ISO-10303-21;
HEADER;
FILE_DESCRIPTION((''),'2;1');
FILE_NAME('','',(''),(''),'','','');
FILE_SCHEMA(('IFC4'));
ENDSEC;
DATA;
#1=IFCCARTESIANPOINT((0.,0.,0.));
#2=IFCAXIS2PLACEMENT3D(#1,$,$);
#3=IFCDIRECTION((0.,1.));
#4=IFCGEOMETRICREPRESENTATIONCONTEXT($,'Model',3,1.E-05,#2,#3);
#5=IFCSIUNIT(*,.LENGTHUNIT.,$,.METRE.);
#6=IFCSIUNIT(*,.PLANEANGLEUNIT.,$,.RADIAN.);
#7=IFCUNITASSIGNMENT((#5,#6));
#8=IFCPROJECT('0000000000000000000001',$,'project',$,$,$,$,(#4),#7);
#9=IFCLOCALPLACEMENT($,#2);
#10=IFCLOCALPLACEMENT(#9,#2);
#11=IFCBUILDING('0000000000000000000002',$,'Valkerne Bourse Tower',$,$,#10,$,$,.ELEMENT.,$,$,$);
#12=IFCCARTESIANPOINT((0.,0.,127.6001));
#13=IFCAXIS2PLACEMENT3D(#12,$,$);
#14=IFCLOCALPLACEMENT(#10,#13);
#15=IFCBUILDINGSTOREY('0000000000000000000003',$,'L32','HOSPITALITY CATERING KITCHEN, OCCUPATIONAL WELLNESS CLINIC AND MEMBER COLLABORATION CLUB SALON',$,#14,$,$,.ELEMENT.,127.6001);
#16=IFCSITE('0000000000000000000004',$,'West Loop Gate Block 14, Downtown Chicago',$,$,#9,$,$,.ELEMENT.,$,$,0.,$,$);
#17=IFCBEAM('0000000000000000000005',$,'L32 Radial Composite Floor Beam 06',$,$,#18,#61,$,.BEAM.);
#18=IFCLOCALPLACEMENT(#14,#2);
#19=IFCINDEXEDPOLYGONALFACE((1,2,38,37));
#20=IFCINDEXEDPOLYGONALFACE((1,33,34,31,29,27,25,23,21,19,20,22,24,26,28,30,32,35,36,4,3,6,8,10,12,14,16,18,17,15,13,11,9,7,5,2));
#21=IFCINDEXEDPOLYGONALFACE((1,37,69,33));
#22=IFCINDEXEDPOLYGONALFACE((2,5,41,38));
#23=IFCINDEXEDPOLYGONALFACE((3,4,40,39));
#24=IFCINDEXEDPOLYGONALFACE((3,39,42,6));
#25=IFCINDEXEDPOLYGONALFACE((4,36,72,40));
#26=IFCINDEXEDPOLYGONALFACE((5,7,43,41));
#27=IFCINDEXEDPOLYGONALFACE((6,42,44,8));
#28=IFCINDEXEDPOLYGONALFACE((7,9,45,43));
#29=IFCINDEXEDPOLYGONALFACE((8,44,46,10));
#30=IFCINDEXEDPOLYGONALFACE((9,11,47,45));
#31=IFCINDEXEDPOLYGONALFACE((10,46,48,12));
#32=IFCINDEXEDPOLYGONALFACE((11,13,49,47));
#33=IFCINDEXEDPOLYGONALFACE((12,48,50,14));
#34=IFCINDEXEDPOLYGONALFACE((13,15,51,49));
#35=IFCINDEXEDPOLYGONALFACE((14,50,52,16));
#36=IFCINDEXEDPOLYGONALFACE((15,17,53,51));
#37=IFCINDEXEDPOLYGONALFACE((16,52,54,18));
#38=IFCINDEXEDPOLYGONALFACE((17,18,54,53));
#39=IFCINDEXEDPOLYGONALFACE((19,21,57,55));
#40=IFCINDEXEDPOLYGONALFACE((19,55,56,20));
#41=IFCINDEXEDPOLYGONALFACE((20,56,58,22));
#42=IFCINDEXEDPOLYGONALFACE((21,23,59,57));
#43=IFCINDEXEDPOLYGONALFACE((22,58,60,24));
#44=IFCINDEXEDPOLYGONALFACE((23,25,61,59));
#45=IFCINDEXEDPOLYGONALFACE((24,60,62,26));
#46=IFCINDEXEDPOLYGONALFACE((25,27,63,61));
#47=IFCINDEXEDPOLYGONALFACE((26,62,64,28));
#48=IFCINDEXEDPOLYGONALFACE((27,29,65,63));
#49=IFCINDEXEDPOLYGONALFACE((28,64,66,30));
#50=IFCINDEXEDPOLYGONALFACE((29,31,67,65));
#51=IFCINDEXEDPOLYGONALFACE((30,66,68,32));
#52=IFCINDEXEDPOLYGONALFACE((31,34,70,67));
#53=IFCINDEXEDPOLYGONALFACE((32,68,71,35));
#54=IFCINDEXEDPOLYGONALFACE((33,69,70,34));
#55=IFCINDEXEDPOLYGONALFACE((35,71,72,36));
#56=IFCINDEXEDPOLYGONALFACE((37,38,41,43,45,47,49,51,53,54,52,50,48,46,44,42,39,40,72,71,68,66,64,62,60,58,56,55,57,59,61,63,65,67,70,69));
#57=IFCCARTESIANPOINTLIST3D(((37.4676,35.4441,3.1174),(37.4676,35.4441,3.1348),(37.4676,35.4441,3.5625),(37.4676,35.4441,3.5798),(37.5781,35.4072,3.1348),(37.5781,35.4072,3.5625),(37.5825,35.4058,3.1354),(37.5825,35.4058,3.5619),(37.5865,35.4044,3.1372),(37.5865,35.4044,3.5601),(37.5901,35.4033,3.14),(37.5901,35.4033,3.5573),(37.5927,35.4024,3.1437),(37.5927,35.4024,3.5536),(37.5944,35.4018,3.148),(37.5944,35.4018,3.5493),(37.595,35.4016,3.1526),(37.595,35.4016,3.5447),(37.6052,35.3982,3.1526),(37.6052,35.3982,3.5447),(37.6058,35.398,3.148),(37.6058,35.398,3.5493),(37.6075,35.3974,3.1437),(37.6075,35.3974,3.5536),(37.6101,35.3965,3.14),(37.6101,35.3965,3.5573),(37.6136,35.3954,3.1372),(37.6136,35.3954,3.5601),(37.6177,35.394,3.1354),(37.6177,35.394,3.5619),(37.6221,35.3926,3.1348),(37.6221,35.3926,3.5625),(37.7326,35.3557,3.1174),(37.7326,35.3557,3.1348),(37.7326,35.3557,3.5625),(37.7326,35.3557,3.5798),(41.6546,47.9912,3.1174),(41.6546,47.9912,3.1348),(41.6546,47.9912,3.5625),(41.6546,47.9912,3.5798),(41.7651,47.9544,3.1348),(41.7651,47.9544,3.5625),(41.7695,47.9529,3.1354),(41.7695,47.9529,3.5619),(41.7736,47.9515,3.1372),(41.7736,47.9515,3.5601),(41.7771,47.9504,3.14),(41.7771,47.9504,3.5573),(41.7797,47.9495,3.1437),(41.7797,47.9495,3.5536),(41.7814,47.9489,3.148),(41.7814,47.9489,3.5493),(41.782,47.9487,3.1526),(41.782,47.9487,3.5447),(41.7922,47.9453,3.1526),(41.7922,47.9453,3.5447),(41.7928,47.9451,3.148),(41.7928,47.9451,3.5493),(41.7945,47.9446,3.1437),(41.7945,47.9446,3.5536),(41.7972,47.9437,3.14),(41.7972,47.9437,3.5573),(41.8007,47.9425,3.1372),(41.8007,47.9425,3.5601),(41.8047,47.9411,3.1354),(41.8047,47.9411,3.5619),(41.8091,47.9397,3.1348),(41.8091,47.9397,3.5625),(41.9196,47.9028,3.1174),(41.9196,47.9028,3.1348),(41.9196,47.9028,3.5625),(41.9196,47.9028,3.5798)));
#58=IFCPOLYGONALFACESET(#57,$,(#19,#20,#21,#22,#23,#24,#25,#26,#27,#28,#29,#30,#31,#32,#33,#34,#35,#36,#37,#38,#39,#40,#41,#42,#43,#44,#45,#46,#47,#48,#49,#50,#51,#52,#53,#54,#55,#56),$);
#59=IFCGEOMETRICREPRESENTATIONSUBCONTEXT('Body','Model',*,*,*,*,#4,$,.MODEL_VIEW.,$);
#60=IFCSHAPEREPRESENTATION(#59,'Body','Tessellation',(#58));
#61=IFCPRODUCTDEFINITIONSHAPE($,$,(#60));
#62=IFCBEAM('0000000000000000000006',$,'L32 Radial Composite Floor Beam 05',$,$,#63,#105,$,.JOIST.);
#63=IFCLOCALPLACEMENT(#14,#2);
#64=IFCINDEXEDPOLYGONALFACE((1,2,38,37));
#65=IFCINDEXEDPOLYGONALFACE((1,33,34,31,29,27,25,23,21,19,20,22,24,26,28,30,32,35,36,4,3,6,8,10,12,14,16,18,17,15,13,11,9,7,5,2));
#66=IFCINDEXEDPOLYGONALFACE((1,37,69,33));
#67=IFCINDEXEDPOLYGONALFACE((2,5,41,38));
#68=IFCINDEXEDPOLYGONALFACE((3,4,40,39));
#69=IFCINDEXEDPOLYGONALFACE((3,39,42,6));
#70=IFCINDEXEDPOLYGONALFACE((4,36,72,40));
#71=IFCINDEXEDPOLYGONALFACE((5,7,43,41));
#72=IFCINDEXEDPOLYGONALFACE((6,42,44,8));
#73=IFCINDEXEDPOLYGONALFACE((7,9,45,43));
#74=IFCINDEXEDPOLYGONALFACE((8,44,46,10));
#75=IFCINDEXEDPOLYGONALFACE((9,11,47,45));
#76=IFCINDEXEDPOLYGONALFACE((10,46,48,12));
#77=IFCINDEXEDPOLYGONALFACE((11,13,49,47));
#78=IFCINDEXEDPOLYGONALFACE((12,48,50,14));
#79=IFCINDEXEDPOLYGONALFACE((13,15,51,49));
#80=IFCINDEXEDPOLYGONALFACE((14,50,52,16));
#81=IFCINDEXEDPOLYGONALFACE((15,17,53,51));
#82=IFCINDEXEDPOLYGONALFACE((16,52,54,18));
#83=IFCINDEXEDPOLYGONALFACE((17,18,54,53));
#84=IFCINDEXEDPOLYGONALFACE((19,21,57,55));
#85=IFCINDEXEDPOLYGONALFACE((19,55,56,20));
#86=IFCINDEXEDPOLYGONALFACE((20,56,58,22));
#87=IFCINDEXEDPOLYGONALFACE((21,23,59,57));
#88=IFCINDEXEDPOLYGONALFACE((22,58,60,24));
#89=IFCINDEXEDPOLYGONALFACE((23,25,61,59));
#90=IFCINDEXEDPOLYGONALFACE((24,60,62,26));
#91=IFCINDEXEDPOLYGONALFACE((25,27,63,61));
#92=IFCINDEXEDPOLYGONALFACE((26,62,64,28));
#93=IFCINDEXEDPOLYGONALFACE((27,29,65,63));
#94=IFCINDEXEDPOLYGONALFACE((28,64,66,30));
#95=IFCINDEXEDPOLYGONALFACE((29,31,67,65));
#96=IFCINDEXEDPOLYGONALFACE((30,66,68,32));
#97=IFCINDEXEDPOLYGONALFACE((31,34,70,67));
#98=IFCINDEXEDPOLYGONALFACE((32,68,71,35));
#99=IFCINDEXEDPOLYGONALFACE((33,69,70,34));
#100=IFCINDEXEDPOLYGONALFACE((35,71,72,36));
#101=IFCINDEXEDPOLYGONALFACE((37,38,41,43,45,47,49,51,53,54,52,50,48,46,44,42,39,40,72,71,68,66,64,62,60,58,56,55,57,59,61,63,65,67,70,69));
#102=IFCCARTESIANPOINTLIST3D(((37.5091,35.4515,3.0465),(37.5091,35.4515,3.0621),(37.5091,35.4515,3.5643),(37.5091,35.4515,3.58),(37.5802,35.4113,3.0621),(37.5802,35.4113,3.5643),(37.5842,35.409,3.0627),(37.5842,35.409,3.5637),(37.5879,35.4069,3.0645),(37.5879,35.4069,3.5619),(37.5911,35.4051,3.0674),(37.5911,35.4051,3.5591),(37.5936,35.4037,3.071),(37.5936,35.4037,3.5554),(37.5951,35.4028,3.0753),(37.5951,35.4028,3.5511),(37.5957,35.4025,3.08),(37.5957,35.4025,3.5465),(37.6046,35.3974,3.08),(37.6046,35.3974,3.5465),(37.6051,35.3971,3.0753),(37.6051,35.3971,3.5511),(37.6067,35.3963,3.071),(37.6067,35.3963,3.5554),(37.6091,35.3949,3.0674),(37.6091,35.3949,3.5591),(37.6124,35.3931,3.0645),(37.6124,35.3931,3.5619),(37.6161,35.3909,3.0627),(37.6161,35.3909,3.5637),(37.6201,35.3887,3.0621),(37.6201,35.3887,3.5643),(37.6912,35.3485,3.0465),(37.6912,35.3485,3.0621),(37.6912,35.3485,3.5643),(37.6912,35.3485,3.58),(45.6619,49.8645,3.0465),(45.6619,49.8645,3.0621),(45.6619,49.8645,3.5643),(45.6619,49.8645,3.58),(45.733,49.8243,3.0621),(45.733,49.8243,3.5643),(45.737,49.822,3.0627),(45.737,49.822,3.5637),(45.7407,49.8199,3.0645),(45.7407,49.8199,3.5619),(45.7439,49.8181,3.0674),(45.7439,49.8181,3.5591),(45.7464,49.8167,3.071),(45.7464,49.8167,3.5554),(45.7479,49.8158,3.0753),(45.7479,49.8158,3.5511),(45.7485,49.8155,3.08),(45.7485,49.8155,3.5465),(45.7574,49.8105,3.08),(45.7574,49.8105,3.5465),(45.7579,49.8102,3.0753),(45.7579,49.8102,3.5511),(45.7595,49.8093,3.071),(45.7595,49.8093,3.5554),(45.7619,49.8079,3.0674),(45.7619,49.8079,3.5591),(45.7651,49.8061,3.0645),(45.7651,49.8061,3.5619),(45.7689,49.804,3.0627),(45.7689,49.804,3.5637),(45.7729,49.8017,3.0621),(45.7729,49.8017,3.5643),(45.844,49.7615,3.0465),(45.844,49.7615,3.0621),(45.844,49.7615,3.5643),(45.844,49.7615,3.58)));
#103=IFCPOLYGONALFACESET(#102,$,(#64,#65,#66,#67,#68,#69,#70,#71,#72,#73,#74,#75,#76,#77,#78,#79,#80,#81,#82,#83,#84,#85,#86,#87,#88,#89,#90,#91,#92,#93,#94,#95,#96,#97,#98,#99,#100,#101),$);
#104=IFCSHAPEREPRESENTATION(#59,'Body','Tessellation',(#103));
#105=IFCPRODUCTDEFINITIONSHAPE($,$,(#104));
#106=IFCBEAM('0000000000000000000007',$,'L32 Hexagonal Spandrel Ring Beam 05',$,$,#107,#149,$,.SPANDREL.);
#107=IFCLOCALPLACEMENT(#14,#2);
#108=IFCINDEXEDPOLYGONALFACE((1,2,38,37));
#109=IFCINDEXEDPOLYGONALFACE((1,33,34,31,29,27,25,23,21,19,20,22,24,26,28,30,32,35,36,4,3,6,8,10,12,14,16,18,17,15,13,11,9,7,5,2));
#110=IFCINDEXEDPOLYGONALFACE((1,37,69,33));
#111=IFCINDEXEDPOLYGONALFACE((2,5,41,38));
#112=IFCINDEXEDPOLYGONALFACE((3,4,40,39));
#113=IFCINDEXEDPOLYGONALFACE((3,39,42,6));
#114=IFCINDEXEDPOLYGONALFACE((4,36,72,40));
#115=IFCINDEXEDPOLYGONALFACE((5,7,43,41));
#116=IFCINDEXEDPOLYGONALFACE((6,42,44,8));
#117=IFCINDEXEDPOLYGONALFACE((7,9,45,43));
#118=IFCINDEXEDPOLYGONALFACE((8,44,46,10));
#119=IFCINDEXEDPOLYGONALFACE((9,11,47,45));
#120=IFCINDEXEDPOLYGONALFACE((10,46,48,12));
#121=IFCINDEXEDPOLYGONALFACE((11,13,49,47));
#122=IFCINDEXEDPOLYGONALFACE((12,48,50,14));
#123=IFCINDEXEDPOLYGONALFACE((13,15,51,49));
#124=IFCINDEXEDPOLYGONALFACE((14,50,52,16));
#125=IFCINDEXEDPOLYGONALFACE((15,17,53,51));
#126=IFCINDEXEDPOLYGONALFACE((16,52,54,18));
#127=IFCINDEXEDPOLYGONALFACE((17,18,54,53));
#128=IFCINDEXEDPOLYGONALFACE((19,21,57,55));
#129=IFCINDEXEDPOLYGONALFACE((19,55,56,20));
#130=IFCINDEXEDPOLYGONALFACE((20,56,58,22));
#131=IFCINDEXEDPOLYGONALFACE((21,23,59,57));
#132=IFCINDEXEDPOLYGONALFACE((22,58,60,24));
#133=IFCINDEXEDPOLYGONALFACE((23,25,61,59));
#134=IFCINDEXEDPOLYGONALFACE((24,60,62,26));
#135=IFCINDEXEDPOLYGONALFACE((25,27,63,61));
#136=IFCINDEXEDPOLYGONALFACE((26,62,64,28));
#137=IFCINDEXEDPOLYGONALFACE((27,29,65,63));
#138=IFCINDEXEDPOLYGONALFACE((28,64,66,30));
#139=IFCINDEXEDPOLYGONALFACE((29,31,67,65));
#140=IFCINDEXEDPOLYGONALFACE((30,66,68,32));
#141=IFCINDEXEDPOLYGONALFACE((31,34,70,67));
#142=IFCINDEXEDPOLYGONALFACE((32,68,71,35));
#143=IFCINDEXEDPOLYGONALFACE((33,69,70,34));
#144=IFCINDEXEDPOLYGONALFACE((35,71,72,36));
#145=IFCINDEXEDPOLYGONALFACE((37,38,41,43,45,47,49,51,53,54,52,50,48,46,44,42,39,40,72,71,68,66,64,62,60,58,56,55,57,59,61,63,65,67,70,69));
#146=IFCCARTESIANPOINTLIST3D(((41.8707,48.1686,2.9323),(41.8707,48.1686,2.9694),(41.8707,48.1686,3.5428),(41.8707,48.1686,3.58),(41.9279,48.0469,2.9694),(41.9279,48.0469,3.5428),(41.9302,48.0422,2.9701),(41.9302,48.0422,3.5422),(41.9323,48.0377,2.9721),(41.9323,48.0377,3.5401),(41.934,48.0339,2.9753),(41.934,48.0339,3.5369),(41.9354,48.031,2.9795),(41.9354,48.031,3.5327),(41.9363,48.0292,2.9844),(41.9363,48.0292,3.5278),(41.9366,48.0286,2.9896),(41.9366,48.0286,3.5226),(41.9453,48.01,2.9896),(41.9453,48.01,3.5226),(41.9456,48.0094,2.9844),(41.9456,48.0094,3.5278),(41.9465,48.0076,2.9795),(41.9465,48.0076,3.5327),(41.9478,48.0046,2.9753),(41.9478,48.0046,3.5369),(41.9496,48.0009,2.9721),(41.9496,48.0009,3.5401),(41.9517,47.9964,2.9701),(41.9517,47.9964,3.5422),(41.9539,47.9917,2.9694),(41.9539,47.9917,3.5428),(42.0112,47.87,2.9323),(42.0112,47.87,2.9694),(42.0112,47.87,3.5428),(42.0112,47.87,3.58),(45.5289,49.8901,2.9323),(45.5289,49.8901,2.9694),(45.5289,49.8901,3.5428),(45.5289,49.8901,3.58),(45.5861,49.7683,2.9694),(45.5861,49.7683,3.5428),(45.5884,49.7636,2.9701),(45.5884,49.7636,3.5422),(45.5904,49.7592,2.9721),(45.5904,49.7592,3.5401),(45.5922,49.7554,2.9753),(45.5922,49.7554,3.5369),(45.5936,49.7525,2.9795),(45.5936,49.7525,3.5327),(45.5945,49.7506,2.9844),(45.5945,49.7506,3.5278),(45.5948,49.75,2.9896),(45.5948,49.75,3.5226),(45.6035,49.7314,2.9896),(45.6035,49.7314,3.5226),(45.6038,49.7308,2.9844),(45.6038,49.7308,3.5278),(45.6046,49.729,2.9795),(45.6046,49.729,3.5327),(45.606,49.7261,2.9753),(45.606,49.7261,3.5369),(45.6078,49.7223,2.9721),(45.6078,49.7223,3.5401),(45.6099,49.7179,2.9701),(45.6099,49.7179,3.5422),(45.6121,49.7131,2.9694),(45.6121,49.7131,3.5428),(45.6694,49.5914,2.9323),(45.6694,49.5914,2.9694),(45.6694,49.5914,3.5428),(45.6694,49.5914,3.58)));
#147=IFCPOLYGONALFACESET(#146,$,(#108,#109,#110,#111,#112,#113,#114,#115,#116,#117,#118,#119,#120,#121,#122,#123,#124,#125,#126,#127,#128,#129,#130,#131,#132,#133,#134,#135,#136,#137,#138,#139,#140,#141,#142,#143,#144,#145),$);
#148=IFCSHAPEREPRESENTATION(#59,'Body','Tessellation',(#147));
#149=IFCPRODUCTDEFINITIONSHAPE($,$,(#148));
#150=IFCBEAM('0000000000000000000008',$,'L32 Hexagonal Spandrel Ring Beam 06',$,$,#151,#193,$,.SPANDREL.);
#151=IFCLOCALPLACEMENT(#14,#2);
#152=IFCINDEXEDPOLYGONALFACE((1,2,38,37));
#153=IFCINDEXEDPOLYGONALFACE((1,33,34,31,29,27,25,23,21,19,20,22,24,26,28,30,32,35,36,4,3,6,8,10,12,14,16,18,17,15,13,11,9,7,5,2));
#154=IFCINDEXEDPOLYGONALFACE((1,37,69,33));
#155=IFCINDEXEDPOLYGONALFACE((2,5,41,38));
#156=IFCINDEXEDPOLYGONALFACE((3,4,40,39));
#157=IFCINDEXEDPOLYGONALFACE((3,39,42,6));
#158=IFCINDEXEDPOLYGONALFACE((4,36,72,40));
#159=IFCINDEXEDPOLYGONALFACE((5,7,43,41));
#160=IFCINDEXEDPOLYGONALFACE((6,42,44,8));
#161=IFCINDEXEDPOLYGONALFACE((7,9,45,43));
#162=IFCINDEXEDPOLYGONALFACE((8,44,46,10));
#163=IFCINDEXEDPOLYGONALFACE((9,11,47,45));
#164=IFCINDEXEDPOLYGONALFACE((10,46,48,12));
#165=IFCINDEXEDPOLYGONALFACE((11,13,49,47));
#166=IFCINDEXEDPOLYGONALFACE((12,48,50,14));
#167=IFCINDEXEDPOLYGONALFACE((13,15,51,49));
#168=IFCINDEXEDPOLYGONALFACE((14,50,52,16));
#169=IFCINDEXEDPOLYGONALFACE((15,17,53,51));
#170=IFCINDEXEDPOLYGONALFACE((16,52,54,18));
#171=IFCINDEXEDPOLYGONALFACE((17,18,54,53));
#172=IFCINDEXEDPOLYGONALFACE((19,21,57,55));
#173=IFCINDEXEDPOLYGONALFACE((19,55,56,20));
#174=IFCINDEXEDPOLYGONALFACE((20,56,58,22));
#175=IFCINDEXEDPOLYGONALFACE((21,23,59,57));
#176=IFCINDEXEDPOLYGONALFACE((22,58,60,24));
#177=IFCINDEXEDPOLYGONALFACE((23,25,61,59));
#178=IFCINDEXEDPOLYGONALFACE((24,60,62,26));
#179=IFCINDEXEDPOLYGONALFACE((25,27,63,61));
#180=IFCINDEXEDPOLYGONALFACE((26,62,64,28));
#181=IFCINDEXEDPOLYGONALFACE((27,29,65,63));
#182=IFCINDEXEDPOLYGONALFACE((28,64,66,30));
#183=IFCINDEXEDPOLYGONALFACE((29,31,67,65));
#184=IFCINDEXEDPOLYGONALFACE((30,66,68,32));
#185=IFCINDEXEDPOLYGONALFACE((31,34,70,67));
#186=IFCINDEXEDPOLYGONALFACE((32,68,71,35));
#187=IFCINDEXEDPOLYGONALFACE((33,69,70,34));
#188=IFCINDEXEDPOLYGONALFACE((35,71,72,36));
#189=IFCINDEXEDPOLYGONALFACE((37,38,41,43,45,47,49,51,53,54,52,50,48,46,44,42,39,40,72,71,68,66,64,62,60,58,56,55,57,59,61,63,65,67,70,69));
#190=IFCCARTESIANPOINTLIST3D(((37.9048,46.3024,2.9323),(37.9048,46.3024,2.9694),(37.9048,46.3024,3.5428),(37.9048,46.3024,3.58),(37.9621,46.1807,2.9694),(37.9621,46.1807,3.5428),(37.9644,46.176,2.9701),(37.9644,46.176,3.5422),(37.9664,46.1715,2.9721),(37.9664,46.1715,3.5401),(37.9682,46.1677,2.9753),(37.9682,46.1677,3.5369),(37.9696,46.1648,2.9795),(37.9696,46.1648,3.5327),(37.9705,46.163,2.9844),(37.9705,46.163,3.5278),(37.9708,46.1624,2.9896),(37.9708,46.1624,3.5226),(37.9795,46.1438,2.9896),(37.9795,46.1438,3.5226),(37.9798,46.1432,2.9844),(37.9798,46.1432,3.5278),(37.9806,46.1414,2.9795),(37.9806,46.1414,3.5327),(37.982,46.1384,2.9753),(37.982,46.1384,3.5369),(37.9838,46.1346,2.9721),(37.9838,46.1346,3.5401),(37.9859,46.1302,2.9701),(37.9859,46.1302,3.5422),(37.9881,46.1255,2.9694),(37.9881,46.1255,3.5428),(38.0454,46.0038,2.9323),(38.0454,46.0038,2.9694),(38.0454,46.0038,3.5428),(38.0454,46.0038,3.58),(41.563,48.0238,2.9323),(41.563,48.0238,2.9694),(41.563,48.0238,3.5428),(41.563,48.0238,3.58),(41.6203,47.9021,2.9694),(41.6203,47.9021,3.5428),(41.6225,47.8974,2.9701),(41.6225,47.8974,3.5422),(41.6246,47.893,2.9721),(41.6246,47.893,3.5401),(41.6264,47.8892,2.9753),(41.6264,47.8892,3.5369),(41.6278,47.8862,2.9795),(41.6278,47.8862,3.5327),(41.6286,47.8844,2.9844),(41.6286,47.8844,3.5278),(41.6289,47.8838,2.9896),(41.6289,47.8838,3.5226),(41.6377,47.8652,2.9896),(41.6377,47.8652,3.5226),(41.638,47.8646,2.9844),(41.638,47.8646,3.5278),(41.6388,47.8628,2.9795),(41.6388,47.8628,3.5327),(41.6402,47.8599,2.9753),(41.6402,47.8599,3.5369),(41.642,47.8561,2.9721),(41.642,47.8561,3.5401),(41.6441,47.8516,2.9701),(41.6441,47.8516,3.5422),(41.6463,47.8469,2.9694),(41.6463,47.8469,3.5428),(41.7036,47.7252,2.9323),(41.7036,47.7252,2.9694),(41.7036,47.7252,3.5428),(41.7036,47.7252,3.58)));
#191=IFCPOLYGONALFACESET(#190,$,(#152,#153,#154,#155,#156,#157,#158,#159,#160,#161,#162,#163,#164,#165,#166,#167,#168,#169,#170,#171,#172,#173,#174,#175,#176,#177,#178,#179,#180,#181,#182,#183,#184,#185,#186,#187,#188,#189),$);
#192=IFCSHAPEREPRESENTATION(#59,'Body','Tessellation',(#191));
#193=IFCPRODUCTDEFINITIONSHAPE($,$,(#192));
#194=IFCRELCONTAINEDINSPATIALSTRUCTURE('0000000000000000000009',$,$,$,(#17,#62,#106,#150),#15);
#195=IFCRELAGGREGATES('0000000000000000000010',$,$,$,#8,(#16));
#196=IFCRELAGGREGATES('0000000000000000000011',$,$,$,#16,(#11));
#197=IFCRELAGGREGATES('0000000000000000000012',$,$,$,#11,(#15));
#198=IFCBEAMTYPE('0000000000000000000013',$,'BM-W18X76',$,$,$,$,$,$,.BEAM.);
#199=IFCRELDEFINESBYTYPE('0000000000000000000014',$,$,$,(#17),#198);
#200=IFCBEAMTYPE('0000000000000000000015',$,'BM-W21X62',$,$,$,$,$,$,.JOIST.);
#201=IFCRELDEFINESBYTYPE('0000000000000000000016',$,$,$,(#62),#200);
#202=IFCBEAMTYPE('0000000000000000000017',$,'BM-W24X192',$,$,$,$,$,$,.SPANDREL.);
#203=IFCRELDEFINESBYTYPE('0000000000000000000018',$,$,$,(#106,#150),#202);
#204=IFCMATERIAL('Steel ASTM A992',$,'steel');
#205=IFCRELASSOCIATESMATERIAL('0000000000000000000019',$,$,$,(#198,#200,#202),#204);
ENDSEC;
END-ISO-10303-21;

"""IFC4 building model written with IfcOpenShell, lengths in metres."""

from ifc_helpers import new_model, si_unit, direction, frame, origin, origin_2d, place, context, subcontext, project, spatial, i_section, extrude, material, material_profile, profile_set, type_object, element, save


model = new_model("IFC4")

# Units and contexts
model_context = context("Model", 3, precision=1e-05, world=origin(), true_north=direction((0.0, 1.0)))
body_context = subcontext(model_context, "Body", "Model", "MODEL_VIEW")
ifc_project = project(units=[si_unit("LENGTHUNIT", "METRE"), si_unit("PLANEANGLEUNIT", "RADIAN")], contexts=[model_context])

# Site, building, storey
site_placement = place(None, origin())
site = spatial("IfcSite", under=ifc_project, at=site_placement, Name="West Loop Gate Block 14, Downtown Chicago", CompositionType="ELEMENT", RefElevation=0.0)
building_placement = place(site_placement, origin())
building = spatial("IfcBuilding", under=site, at=building_placement, Name="Valkerne Bourse Tower", CompositionType="ELEMENT")
storey_placement = place(building_placement, frame((0.0, 0.0, 127.6001)))
storey = spatial("IfcBuildingStorey", under=building, at=storey_placement, Name="L32", Description="HOSPITALITY CATERING KITCHEN, OCCUPATIONAL WELLNESS CLINIC AND MEMBER COLLABORATION CLUB SALON", CompositionType="ELEMENT", Elevation=127.6001)

# Beams
ifc_material_1 = material(Name="Steel ASTM A992", Category="steel")
ifc_material_profile_1 = material_profile(ifc_material_1, i_section(OverallWidth=0.2793, OverallDepth=0.4624, WebThickness=0.0107, FlangeThickness=0.0173, FilletRadius=0.0178, at=origin_2d()), Name="W18X76")
ifc_profile_set_1 = profile_set([ifc_material_profile_1], Name="Steel ASTM A992")
beam_type_1 = type_object("IfcBeamType", Name="BM-W18X76", PredefinedType="BEAM", material=ifc_profile_set_1)
beam_1_placement = place(storey_placement, frame((41.7871, 47.947, 3.3486), z_axis=(-0.316543, -0.948578, 0.0), x_axis=(0.948578, -0.316543, 0.0)))
element("IfcBeam", 1, at=beam_1_placement, inside=storey, type_object=beam_type_1, Name="L32 Radial Composite Floor Beam 06", PredefinedType="BEAM", context=body_context, shape_type="SweptSolid", body=[
    extrude(i_section(OverallWidth=0.2793, OverallDepth=0.4624, WebThickness=0.0107, FlangeThickness=0.0173, FilletRadius=0.0178, at=origin_2d()), origin(), (0.0, 0.0, 1.0), 13.2273),
])
ifc_material_profile_2 = material_profile(ifc_material_1, i_section(OverallWidth=0.2092, OverallDepth=0.5334, WebThickness=0.0103, FlangeThickness=0.0156, FilletRadius=0.0178, at=origin_2d()), Name="W21X62")
ifc_profile_set_2 = profile_set([ifc_material_profile_2], Name="Steel ASTM A992")
beam_type_2 = type_object("IfcBeamType", Name="BM-W21X62", PredefinedType="JOIST", material=ifc_profile_set_2)
beam_2_placement = place(storey_placement, frame((45.7529, 49.813, 3.3132), z_axis=(-0.492346, -0.8704, 0.0), x_axis=(0.8704, -0.492346, 0.0)))
element("IfcBeam", 2, at=beam_2_placement, inside=storey, type_object=beam_type_2, Name="L32 Radial Composite Floor Beam 05", PredefinedType="JOIST", context=body_context, shape_type="SweptSolid", body=[
    extrude(i_section(OverallWidth=0.2092, OverallDepth=0.5334, WebThickness=0.0103, FlangeThickness=0.0156, FilletRadius=0.0178, at=origin_2d()), origin(), (0.0, 0.0, 1.0), 16.5591),
])
ifc_material_profile_3 = material_profile(ifc_material_1, i_section(OverallWidth=0.3301, OverallDepth=0.6477, WebThickness=0.0205, FlangeThickness=0.0371, FilletRadius=0.0203, at=origin_2d()), Name="W24X192")
ifc_profile_set_3 = profile_set([ifc_material_profile_3], Name="Steel ASTM A992")
beam_type_3 = type_object("IfcBeamType", Name="BM-W24X192", PredefinedType="SPANDREL", material=ifc_profile_set_3)
for number, where, z_axis, x_axis, name in (
    (3, (45.5991, 49.7407, 3.2561), (-0.904826, -0.425782, 0.0), (0.425782, -0.904826, 0.0), "L32 Hexagonal Spandrel Ring Beam 05"),
    (4, (41.6333, 47.8745, 3.2561), (-0.904826, -0.425782, 0.0), (0.425782, -0.904826, 0.0), "L32 Hexagonal Spandrel Ring Beam 06"),
):
    element("IfcBeam", number, at=place(storey_placement, frame(where, z_axis=z_axis, x_axis=x_axis)), inside=storey, type_object=beam_type_3, Name=name, PredefinedType="SPANDREL", context=body_context, shape_type="SweptSolid", body=[
        extrude(i_section(OverallWidth=0.3301, OverallDepth=0.6477, WebThickness=0.0205, FlangeThickness=0.0371, FilletRadius=0.0203, at=origin_2d()), origin(), (0.0, 0.0, 1.0), 4.043),
    ])

save(model, "model.ifc")
